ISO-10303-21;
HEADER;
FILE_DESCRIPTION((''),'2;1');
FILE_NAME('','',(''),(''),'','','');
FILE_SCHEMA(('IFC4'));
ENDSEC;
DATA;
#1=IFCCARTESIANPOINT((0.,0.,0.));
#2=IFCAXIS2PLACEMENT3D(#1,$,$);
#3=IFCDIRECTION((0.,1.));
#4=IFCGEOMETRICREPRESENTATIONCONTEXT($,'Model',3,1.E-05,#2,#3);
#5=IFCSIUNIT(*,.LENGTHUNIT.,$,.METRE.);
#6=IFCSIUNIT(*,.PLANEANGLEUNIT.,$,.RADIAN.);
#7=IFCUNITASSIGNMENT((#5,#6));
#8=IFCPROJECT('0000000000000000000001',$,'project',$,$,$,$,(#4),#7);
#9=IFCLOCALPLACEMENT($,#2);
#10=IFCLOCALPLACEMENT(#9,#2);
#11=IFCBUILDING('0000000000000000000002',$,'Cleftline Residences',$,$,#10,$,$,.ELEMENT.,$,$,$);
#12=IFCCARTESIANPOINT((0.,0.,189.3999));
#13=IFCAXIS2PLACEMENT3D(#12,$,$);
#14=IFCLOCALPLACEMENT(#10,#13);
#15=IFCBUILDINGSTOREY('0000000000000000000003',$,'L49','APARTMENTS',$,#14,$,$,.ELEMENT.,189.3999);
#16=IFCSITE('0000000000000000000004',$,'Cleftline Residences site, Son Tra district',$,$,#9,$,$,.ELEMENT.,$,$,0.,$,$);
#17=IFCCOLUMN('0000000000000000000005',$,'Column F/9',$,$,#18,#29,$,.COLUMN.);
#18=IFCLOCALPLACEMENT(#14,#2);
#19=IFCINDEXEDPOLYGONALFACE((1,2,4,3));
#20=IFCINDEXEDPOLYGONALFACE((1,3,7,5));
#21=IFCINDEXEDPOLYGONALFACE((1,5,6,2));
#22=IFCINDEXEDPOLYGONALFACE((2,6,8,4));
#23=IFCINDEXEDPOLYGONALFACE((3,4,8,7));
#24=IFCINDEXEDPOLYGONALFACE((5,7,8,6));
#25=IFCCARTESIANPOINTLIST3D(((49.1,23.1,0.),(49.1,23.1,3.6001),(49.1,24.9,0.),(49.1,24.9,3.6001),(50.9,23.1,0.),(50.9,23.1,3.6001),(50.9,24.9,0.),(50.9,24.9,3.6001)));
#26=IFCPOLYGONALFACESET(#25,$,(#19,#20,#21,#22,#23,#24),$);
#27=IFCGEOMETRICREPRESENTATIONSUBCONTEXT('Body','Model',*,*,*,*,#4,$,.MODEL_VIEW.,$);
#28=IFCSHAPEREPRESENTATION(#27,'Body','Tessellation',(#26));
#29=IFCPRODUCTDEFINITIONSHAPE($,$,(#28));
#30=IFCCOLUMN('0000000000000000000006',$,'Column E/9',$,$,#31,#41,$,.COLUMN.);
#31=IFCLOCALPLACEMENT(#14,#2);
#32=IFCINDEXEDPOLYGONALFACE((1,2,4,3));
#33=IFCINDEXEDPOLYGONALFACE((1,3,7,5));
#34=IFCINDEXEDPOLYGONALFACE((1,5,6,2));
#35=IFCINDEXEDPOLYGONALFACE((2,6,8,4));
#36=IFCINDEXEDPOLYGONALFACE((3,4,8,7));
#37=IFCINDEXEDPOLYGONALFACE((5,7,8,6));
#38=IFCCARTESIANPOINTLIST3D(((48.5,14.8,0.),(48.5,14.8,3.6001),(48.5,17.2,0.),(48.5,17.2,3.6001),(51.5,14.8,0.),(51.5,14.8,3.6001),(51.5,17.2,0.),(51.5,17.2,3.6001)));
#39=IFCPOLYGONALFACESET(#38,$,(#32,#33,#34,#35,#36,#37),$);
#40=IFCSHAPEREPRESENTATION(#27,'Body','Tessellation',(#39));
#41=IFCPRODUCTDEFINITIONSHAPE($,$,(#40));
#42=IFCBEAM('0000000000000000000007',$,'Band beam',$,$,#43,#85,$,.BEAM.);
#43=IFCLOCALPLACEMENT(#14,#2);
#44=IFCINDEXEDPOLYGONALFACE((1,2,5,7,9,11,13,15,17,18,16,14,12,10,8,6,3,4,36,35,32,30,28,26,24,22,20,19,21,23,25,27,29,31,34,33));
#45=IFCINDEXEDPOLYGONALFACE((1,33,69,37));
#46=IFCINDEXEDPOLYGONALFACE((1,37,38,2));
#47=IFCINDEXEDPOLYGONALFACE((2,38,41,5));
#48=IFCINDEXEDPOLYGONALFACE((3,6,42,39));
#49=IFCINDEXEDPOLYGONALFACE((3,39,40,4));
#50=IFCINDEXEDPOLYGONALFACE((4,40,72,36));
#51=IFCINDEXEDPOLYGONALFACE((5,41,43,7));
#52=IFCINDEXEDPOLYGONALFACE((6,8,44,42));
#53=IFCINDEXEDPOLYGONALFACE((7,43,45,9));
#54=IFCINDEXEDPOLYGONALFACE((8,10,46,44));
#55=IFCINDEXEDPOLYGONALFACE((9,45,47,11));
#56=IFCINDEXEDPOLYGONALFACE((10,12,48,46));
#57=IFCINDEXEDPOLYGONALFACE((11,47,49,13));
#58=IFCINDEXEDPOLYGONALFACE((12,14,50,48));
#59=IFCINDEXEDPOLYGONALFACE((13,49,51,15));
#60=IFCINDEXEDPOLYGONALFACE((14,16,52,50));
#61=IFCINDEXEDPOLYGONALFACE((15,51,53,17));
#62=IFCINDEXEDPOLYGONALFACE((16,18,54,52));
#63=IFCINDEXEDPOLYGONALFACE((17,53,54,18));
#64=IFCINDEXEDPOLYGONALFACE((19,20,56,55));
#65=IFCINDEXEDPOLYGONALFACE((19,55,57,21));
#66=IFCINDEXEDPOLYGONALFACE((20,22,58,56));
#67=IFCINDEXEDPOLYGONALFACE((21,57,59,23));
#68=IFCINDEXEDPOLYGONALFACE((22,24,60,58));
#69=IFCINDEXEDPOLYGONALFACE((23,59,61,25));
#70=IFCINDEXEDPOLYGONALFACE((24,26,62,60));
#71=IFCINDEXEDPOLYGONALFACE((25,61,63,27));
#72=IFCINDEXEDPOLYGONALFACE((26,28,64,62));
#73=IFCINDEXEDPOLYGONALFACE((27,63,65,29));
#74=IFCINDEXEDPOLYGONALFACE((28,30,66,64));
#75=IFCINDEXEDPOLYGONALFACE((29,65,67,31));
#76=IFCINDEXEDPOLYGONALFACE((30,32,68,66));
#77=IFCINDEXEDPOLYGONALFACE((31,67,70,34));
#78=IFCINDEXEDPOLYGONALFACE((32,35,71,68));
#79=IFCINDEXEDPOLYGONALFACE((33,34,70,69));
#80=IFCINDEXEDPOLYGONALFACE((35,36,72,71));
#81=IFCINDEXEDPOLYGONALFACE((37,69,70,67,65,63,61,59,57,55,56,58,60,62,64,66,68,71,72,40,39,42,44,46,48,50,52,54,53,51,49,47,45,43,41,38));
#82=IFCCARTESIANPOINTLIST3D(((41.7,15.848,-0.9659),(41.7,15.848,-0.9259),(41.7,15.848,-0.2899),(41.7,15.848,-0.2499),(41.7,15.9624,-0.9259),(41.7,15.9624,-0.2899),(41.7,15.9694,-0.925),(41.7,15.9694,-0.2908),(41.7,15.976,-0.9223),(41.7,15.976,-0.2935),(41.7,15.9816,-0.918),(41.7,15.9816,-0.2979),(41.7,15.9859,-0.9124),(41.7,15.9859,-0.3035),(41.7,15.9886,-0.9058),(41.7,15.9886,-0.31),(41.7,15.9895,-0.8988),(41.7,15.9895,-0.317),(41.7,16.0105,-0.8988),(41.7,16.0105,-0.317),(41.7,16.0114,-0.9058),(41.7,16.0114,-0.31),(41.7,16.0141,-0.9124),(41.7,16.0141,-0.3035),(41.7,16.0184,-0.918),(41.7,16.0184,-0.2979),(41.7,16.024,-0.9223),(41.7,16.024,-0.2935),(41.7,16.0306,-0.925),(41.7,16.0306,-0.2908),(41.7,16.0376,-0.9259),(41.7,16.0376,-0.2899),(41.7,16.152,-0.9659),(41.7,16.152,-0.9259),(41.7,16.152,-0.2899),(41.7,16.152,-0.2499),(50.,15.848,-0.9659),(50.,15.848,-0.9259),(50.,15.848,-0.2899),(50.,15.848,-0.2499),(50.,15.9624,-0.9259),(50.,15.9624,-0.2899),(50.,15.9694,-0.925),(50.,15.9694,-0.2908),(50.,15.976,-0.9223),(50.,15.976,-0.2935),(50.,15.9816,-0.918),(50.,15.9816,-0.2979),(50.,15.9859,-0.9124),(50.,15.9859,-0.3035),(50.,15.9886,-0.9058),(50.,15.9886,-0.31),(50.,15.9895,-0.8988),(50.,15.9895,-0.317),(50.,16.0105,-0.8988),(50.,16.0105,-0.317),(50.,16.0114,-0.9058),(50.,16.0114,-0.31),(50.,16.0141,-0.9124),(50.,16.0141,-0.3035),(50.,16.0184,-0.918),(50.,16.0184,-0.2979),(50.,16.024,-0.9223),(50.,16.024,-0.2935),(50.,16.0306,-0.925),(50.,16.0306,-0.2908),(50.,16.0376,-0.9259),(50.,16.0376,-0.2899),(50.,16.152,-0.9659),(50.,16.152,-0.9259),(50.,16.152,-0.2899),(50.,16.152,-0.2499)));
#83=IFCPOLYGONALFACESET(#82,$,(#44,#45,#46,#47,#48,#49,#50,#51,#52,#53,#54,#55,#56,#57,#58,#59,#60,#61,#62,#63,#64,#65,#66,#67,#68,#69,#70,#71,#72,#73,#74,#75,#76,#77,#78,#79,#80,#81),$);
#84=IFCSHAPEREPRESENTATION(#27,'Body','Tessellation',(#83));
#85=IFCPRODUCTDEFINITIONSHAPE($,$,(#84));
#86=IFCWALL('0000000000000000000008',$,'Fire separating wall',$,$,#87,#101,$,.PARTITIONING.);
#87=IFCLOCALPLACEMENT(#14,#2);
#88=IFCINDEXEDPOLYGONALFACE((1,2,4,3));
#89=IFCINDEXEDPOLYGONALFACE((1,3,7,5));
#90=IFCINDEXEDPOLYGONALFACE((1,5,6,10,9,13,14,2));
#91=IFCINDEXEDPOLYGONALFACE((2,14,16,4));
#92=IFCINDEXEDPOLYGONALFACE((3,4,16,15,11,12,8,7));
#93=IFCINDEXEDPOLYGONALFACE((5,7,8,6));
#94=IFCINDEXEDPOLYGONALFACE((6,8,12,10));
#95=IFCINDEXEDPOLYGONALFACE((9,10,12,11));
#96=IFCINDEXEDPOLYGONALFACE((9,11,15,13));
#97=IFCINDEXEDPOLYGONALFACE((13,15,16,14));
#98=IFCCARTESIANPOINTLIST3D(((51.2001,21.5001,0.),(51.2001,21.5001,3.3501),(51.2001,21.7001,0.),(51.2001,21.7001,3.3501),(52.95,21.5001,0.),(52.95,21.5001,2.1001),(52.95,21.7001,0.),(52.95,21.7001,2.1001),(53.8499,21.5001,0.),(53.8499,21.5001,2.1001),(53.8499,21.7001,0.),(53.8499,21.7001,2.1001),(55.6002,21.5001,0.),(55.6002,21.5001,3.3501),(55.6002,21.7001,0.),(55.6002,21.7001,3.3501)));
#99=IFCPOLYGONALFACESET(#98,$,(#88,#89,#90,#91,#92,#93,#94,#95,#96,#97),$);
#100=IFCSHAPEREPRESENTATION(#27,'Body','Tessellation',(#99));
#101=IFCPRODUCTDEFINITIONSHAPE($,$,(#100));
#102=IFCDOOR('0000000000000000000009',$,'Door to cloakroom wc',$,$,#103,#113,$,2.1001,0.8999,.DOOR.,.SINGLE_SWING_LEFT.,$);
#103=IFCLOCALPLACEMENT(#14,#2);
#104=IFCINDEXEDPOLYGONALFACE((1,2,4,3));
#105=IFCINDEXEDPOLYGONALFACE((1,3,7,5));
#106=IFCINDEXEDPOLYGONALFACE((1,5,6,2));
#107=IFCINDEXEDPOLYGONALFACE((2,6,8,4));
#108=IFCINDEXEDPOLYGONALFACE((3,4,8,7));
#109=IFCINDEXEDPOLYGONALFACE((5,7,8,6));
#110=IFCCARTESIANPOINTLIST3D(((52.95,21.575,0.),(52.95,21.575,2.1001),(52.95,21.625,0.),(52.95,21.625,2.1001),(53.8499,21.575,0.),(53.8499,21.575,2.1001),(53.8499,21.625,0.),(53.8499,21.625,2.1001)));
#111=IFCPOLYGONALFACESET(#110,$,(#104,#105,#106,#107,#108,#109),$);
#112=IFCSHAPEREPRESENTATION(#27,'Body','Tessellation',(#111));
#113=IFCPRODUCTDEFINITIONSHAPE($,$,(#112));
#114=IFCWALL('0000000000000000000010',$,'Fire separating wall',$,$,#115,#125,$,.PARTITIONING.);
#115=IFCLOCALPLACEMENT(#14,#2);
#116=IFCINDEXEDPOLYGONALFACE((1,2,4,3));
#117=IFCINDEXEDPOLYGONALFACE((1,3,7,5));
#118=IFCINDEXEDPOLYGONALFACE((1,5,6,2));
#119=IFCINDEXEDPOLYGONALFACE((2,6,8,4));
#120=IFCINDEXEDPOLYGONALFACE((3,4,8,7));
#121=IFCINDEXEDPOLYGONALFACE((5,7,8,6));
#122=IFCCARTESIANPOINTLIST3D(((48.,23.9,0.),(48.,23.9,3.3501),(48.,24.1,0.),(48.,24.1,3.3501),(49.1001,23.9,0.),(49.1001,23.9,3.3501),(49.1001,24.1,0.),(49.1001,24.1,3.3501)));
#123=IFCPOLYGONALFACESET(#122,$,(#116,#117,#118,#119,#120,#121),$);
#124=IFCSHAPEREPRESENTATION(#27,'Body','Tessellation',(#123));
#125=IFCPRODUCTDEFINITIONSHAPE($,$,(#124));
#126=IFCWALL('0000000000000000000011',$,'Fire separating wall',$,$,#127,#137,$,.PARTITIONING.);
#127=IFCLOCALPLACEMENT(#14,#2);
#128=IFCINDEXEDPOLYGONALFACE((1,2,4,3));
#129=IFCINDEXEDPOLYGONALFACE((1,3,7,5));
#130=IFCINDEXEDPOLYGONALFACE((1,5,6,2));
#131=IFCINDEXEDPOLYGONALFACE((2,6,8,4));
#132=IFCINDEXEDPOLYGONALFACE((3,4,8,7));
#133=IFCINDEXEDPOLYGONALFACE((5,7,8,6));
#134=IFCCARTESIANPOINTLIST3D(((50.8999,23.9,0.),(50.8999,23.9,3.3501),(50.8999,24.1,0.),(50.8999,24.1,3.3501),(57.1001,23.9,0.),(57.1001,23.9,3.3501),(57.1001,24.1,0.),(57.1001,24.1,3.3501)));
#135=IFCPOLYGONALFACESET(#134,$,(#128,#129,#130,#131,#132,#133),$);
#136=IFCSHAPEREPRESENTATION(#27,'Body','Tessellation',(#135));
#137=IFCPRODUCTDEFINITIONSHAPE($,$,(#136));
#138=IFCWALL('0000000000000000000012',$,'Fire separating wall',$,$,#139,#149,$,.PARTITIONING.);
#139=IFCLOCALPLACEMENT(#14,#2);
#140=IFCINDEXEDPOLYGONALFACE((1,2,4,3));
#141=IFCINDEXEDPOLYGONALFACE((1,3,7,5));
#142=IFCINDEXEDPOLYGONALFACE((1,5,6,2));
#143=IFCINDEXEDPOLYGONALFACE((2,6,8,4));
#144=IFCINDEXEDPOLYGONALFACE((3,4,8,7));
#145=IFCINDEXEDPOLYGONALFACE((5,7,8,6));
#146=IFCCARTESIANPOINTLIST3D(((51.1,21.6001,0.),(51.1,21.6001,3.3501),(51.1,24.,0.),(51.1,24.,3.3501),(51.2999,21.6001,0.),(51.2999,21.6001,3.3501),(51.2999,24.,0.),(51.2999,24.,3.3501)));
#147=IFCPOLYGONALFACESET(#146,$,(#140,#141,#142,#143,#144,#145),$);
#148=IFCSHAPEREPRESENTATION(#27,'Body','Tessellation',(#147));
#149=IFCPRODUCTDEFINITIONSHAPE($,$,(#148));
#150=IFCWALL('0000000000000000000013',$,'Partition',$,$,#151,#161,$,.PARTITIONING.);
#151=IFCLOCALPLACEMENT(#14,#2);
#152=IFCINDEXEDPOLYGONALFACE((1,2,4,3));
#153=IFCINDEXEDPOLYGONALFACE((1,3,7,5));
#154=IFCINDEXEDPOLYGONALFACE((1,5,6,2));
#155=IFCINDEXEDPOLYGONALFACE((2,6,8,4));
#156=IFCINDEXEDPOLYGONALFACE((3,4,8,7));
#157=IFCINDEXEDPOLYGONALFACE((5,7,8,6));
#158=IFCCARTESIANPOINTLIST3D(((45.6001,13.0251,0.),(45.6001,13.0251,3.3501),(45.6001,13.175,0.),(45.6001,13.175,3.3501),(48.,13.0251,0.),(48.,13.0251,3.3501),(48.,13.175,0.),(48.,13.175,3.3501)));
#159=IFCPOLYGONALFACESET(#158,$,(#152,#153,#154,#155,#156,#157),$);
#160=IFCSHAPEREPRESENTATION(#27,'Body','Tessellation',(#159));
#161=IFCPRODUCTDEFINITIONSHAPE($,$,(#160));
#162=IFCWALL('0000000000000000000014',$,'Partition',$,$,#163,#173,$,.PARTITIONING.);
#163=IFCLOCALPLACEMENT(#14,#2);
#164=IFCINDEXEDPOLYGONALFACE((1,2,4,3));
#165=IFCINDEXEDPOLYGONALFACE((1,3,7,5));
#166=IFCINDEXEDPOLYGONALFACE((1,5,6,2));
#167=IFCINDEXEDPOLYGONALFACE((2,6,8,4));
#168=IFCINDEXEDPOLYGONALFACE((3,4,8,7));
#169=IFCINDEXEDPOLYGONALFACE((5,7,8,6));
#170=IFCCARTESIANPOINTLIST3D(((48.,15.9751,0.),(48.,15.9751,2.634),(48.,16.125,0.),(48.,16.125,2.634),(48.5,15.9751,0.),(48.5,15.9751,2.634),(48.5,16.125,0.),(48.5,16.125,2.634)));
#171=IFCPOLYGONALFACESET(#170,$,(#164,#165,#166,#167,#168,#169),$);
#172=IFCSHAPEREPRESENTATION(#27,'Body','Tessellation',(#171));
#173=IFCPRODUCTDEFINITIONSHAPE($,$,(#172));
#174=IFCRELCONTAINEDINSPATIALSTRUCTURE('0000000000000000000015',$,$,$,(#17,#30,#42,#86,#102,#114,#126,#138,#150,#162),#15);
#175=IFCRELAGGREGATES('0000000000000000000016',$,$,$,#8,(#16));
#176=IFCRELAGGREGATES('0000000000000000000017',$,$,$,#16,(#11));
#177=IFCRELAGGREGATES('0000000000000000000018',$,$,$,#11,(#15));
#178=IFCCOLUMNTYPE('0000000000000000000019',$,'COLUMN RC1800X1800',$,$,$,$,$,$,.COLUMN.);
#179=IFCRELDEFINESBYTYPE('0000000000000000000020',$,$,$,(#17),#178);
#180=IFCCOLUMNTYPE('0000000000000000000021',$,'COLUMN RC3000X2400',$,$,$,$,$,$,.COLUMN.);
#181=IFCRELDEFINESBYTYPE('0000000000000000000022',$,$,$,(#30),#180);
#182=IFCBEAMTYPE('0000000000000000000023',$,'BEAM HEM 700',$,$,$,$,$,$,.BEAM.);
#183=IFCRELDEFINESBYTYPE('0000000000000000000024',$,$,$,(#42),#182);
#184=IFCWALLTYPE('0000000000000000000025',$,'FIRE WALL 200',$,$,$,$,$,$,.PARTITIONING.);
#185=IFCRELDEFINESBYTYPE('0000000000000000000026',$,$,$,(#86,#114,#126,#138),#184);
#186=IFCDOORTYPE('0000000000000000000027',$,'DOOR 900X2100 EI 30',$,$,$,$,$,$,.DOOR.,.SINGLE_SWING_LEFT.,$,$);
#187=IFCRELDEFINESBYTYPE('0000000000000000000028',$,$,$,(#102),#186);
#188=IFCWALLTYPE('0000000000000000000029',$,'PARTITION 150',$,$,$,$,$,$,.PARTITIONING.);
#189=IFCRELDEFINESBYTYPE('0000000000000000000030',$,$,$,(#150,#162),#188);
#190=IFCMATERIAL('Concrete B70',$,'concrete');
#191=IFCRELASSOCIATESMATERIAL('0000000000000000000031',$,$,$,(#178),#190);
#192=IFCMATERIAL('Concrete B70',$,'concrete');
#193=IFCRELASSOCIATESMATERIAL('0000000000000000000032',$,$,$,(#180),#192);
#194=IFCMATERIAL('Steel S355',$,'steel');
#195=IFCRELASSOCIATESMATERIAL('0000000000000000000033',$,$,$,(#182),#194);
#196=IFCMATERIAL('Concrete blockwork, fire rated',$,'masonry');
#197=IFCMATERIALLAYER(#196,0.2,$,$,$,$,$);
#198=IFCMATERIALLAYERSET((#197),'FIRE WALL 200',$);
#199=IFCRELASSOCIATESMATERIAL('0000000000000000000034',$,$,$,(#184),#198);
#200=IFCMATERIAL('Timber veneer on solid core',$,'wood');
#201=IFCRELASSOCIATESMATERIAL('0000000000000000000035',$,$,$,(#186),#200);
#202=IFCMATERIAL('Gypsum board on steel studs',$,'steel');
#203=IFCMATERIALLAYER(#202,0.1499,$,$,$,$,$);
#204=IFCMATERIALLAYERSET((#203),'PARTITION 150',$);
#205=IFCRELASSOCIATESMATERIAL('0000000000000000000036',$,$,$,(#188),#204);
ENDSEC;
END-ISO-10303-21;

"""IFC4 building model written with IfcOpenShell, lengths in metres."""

from ifc_helpers import new_model, si_unit, direction, frame, frame_2d, origin, origin_2d, place, context, subcontext, project, spatial, rectangle, i_section, extrude, material, layer, layer_set, material_profile, profile_set, type_object, element, fill, save


model = new_model("IFC4")

# Units and contexts
model_context = context("Model", 3, precision=1e-05, world=origin(), true_north=direction((0.0, 1.0)))
body_context = subcontext(model_context, "Body", "Model", "MODEL_VIEW")
ifc_project = project(units=[si_unit("LENGTHUNIT", "METRE"), si_unit("PLANEANGLEUNIT", "RADIAN")], contexts=[model_context])

# Site, building, storey
site_placement = place(None, origin())
site = spatial("IfcSite", under=ifc_project, at=site_placement, Name="Cleftline Residences site, Son Tra district", CompositionType="ELEMENT", RefElevation=0.0)
building_placement = place(site_placement, origin())
building = spatial("IfcBuilding", under=site, at=building_placement, Name="Cleftline Residences", CompositionType="ELEMENT")
storey_placement = place(building_placement, frame((0.0, 0.0, 189.3999)))
storey = spatial("IfcBuildingStorey", under=building, at=storey_placement, Name="L49", Description="APARTMENTS", CompositionType="ELEMENT", Elevation=189.3999)

# Columns
ifc_material_1 = material(Name="Concrete B70", Category="concrete")
ifc_material_profile_1 = material_profile(ifc_material_1, rectangle(XDim=1.8, YDim=1.8, at=origin_2d()))
ifc_profile_set_1 = profile_set([ifc_material_profile_1], Name="Concrete B70")
column_type_1 = type_object("IfcColumnType", Name="COLUMN RC1800X1800", PredefinedType="COLUMN", material=ifc_profile_set_1)
column_1_placement = place(storey_placement, frame((50.0, 24.0, 0.0), z_axis=(0.0, 0.0, 1.0), x_axis=(1.0, 0.0, 0.0)))
element("IfcColumn", 1, at=column_1_placement, inside=storey, type_object=column_type_1, Name="Column F/9", PredefinedType="COLUMN", context=body_context, shape_type="SweptSolid", body=[
    extrude(rectangle(XDim=1.8, YDim=1.8, at=origin_2d()), origin(), (0.0, 0.0, 1.0), 3.6001),
])
ifc_material_2 = material(Name="Concrete B70", Category="concrete")
ifc_material_profile_2 = material_profile(ifc_material_2, rectangle(XDim=3.0, YDim=2.3999, at=origin_2d()))
ifc_profile_set_2 = profile_set([ifc_material_profile_2], Name="Concrete B70")
column_type_2 = type_object("IfcColumnType", Name="COLUMN RC3000X2400", PredefinedType="COLUMN", material=ifc_profile_set_2)
column_2_placement = place(storey_placement, frame((50.0, 16.0, 0.0), z_axis=(0.0, 0.0, 1.0), x_axis=(1.0, 0.0, 0.0)))
element("IfcColumn", 2, at=column_2_placement, inside=storey, type_object=column_type_2, Name="Column E/9", PredefinedType="COLUMN", context=body_context, shape_type="SweptSolid", body=[
    extrude(rectangle(XDim=3.0, YDim=2.3999, at=origin_2d()), origin(), (0.0, 0.0, 1.0), 3.6001),
])

# Beam
ifc_material_3 = material(Name="Steel S355", Category="steel")
ifc_material_profile_3 = material_profile(ifc_material_3, i_section(OverallWidth=0.304, OverallDepth=0.7161, WebThickness=0.021, FlangeThickness=0.04, FilletRadius=0.0271, at=origin_2d()))
ifc_profile_set_3 = profile_set([ifc_material_profile_3], Name="Steel S355")
beam_type = type_object("IfcBeamType", Name="BEAM HEM 700", PredefinedType="BEAM", material=ifc_profile_set_3)
beam_placement = place(storey_placement, frame((50.0, 16.0, -0.6079), z_axis=(-1.0, 0.0, 0.0), x_axis=(0.0, -1.0, 0.0)))
element("IfcBeam", 3, at=beam_placement, inside=storey, type_object=beam_type, Name="Band beam", PredefinedType="BEAM", context=body_context, shape_type="SweptSolid", body=[
    extrude(i_section(OverallWidth=0.304, OverallDepth=0.7161, WebThickness=0.021, FlangeThickness=0.04, FilletRadius=0.0271, at=origin_2d()), origin(), (0.0, 0.0, 1.0), 8.3),
])

# Wall, opening, door
ifc_material_4 = material(Name="Concrete blockwork, fire rated", Category="masonry")
ifc_layer_1 = layer(ifc_material_4, 0.2)
ifc_layer_set_1 = layer_set([ifc_layer_1], Name="FIRE WALL 200")
wall_type_1 = type_object("IfcWallType", Name="FIRE WALL 200", PredefinedType="PARTITIONING", material=ifc_layer_set_1)
wall_1_placement = place(storey_placement, frame((51.2, 21.6001, 0.0), z_axis=(0.0, 0.0, 1.0), x_axis=(1.0, 0.0, 0.0)))
wall_1 = element("IfcWall", 4, at=wall_1_placement, inside=storey, type_object=wall_type_1, Name="Fire separating wall", PredefinedType="PARTITIONING", context=body_context, shape_type="SweptSolid", body=[
    extrude(rectangle(XDim=4.4001, YDim=0.2, at=frame_2d((2.2002, 0.0))), origin(), (0.0, 0.0, 1.0), 3.3501),
])
opening_1_placement = place(wall_1_placement, frame((1.75, 0.0, 0.0)))
opening_1 = element("IfcOpeningElement", 5, at=opening_1_placement, cuts=wall_1, PredefinedType="OPENING", context=body_context, shape_type="SweptSolid", body=[
    extrude(rectangle(XDim=0.8999, YDim=2.1001, at=frame_2d((0.45, 1.05))), frame((0.0, 0.1099, 0.0), z_axis=(0.0, -1.0, 0.0), x_axis=(1.0, 0.0, 0.0)), (0.0, 0.0, 1.0), 0.22),
])
ifc_material_5 = material(Name="Timber veneer on solid core", Category="wood")
door_type_1 = type_object("IfcDoorType", Name="DOOR 900X2100 EI 30", OperationType="SINGLE_SWING_LEFT", PredefinedType="DOOR", material=ifc_material_5)
door_1_placement = place(opening_1_placement, origin())
door_1 = element("IfcDoor", 6, at=door_1_placement, inside=storey, type_object=door_type_1, Name="Door to cloakroom wc", OperationType="SINGLE_SWING_LEFT", OverallHeight=2.1001, OverallWidth=0.8999, PredefinedType="DOOR", context=body_context, shape_type="SweptSolid", body=[
    extrude(rectangle(XDim=0.8999, YDim=2.1001, at=frame_2d((0.45, 1.05))), frame((0.0, 0.0249, 0.0), z_axis=(0.0, -1.0, 0.0), x_axis=(1.0, 0.0, 0.0)), (0.0, 0.0, 1.0), 0.05),
])
fill(opening_1, door_1)

# Walls
wall_2_placement = place(storey_placement, frame((48.0, 24.0, 0.0), z_axis=(0.0, 0.0, 1.0), x_axis=(1.0, 0.0, 0.0)))
element("IfcWall", 7, at=wall_2_placement, inside=storey, type_object=wall_type_1, Name="Fire separating wall", PredefinedType="PARTITIONING", context=body_context, shape_type="SweptSolid", body=[
    extrude(rectangle(XDim=1.1001, YDim=0.2, at=frame_2d((0.55, 0.0))), origin(), (0.0, 0.0, 1.0), 3.3501),
])
wall_3_placement = place(storey_placement, frame((50.8999, 24.0, 0.0), z_axis=(0.0, 0.0, 1.0), x_axis=(1.0, 0.0, 0.0)))
element("IfcWall", 8, at=wall_3_placement, inside=storey, type_object=wall_type_1, Name="Fire separating wall", PredefinedType="PARTITIONING", context=body_context, shape_type="SweptSolid", body=[
    extrude(rectangle(XDim=6.2002, YDim=0.2, at=frame_2d((3.1001, 0.0))), origin(), (0.0, 0.0, 1.0), 3.3501),
])

# Walls
wall_4_placement = place(storey_placement, frame((51.2, 21.6001, 0.0), z_axis=(0.0, 0.0, 1.0), x_axis=(0.0, 1.0, 0.0)))
element("IfcWall", 9, at=wall_4_placement, inside=storey, type_object=wall_type_1, Name="Fire separating wall", PredefinedType="PARTITIONING", context=body_context, shape_type="SweptSolid", body=[
    extrude(rectangle(XDim=2.3999, YDim=0.2, at=frame_2d((1.2, 0.0))), origin(), (0.0, 0.0, 1.0), 3.3501),
])
ifc_material_6 = material(Name="Gypsum board on steel studs", Category="steel")
ifc_layer_2 = layer(ifc_material_6, 0.1499)
ifc_layer_set_2 = layer_set([ifc_layer_2], Name="PARTITION 150")
wall_type_2 = type_object("IfcWallType", Name="PARTITION 150", PredefinedType="PARTITIONING", material=ifc_layer_set_2)
wall_5_placement = place(storey_placement, frame((45.6001, 13.1001, 0.0), z_axis=(0.0, 0.0, 1.0), x_axis=(1.0, 0.0, 0.0)))
element("IfcWall", 10, at=wall_5_placement, inside=storey, type_object=wall_type_2, Name="Partition", PredefinedType="PARTITIONING", context=body_context, shape_type="SweptSolid", body=[
    extrude(rectangle(XDim=2.3999, YDim=0.1499, at=frame_2d((1.2, 0.0))), origin(), (0.0, 0.0, 1.0), 3.3501),
])
wall_6_placement = place(storey_placement, frame((48.0, 16.05, 0.0), z_axis=(0.0, 0.0, 1.0), x_axis=(1.0, 0.0, 0.0)))
element("IfcWall", 11, at=wall_6_placement, inside=storey, type_object=wall_type_2, Name="Partition", PredefinedType="PARTITIONING", context=body_context, shape_type="SweptSolid", body=[
    extrude(rectangle(XDim=0.5, YDim=0.1499, at=frame_2d((0.25, 0.0))), origin(), (0.0, 0.0, 1.0), 2.634),
])

save(model, "model.ifc")
